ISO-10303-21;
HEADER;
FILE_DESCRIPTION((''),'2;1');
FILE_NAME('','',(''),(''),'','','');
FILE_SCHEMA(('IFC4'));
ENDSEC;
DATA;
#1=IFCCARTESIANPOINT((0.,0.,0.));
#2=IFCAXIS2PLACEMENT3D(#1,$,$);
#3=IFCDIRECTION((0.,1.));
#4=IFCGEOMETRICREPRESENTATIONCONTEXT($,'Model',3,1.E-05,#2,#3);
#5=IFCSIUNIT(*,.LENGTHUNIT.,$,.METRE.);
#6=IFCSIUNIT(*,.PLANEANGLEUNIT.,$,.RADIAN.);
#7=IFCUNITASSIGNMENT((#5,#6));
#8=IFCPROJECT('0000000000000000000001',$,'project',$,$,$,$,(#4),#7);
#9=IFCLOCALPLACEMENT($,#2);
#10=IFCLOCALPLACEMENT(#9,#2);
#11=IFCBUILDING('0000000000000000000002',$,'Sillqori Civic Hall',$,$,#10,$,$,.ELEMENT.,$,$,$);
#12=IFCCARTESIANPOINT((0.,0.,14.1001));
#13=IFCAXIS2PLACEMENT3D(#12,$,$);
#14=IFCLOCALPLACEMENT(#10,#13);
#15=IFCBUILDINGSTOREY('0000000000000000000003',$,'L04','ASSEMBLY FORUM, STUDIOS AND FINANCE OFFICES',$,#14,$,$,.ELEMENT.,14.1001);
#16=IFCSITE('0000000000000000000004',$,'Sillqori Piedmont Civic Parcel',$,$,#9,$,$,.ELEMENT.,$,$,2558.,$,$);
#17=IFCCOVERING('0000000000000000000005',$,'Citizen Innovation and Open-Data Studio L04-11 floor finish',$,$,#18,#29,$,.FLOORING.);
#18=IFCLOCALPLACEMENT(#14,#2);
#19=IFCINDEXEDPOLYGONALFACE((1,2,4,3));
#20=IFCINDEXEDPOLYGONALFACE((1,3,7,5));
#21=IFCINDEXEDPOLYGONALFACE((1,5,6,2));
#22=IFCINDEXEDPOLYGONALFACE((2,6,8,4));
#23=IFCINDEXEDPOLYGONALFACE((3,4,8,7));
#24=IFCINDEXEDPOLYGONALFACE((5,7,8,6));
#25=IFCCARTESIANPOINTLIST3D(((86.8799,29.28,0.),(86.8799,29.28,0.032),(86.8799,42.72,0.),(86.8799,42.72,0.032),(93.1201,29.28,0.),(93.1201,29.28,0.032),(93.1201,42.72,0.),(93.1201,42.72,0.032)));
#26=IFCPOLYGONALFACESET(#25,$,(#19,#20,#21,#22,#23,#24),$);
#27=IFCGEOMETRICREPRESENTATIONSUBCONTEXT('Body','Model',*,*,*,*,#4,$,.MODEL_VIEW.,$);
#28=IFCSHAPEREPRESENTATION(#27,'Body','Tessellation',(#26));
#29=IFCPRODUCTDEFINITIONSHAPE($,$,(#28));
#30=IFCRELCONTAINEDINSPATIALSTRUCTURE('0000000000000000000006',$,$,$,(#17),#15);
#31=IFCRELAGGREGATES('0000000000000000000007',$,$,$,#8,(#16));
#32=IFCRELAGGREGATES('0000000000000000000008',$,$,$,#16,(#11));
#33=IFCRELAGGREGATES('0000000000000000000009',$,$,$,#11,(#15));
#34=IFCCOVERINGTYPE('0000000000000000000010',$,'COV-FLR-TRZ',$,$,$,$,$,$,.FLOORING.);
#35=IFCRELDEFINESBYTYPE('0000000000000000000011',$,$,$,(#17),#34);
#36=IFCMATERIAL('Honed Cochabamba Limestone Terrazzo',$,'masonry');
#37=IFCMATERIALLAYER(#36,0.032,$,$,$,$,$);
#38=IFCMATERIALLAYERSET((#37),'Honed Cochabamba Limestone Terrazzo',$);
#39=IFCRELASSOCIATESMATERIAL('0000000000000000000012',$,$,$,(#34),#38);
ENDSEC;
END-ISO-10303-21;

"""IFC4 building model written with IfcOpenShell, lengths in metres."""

from ifc_helpers import new_model, si_unit, direction, frame, origin, place, context, subcontext, project, spatial, polyline, outline, extrude, material, layer, layer_set, type_object, element, save


model = new_model("IFC4")

# Units and contexts
model_context = context("Model", 3, precision=1e-05, world=origin(), true_north=direction((0.0, 1.0)))
body_context = subcontext(model_context, "Body", "Model", "MODEL_VIEW")
ifc_project = project(units=[si_unit("LENGTHUNIT", "METRE"), si_unit("PLANEANGLEUNIT", "RADIAN")], contexts=[model_context])

# Site, building, storey
site_placement = place(None, origin())
site = spatial("IfcSite", under=ifc_project, at=site_placement, Name="Sillqori Piedmont Civic Parcel", CompositionType="ELEMENT", RefElevation=2558.0)
building_placement = place(site_placement, origin())
building = spatial("IfcBuilding", under=site, at=building_placement, Name="Sillqori Civic Hall", CompositionType="ELEMENT")
storey_placement = place(building_placement, frame((0.0, 0.0, 14.1001)))
storey = spatial("IfcBuildingStorey", under=building, at=storey_placement, Name="L04", Description="ASSEMBLY FORUM, STUDIOS AND FINANCE OFFICES", CompositionType="ELEMENT", Elevation=14.1001)

# Covering
ifc_material_1 = material(Name="Honed Cochabamba Limestone Terrazzo", Category="masonry")
ifc_layer_1 = layer(ifc_material_1, 0.032)
ifc_layer_set_1 = layer_set([ifc_layer_1], Name="Honed Cochabamba Limestone Terrazzo")
covering_type_1 = type_object("IfcCoveringType", Name="COV-FLR-TRZ", PredefinedType="FLOORING", material=ifc_layer_set_1)
covering_1_placement = place(storey_placement, origin())
element("IfcCovering", 1, at=covering_1_placement, inside=storey, type_object=covering_type_1, Name="Citizen Innovation and Open-Data Studio L04-11 floor finish", PredefinedType="FLOORING", context=body_context, shape_type="SweptSolid", body=[
    extrude(outline(polyline([(86.8799, 29.28), (93.1201, 29.28), (93.1201, 42.72), (86.8799, 42.72), (86.8799, 29.28)])), origin(), (0.0, 0.0, 1.0), 0.032),
])

save(model, "model.ifc")
